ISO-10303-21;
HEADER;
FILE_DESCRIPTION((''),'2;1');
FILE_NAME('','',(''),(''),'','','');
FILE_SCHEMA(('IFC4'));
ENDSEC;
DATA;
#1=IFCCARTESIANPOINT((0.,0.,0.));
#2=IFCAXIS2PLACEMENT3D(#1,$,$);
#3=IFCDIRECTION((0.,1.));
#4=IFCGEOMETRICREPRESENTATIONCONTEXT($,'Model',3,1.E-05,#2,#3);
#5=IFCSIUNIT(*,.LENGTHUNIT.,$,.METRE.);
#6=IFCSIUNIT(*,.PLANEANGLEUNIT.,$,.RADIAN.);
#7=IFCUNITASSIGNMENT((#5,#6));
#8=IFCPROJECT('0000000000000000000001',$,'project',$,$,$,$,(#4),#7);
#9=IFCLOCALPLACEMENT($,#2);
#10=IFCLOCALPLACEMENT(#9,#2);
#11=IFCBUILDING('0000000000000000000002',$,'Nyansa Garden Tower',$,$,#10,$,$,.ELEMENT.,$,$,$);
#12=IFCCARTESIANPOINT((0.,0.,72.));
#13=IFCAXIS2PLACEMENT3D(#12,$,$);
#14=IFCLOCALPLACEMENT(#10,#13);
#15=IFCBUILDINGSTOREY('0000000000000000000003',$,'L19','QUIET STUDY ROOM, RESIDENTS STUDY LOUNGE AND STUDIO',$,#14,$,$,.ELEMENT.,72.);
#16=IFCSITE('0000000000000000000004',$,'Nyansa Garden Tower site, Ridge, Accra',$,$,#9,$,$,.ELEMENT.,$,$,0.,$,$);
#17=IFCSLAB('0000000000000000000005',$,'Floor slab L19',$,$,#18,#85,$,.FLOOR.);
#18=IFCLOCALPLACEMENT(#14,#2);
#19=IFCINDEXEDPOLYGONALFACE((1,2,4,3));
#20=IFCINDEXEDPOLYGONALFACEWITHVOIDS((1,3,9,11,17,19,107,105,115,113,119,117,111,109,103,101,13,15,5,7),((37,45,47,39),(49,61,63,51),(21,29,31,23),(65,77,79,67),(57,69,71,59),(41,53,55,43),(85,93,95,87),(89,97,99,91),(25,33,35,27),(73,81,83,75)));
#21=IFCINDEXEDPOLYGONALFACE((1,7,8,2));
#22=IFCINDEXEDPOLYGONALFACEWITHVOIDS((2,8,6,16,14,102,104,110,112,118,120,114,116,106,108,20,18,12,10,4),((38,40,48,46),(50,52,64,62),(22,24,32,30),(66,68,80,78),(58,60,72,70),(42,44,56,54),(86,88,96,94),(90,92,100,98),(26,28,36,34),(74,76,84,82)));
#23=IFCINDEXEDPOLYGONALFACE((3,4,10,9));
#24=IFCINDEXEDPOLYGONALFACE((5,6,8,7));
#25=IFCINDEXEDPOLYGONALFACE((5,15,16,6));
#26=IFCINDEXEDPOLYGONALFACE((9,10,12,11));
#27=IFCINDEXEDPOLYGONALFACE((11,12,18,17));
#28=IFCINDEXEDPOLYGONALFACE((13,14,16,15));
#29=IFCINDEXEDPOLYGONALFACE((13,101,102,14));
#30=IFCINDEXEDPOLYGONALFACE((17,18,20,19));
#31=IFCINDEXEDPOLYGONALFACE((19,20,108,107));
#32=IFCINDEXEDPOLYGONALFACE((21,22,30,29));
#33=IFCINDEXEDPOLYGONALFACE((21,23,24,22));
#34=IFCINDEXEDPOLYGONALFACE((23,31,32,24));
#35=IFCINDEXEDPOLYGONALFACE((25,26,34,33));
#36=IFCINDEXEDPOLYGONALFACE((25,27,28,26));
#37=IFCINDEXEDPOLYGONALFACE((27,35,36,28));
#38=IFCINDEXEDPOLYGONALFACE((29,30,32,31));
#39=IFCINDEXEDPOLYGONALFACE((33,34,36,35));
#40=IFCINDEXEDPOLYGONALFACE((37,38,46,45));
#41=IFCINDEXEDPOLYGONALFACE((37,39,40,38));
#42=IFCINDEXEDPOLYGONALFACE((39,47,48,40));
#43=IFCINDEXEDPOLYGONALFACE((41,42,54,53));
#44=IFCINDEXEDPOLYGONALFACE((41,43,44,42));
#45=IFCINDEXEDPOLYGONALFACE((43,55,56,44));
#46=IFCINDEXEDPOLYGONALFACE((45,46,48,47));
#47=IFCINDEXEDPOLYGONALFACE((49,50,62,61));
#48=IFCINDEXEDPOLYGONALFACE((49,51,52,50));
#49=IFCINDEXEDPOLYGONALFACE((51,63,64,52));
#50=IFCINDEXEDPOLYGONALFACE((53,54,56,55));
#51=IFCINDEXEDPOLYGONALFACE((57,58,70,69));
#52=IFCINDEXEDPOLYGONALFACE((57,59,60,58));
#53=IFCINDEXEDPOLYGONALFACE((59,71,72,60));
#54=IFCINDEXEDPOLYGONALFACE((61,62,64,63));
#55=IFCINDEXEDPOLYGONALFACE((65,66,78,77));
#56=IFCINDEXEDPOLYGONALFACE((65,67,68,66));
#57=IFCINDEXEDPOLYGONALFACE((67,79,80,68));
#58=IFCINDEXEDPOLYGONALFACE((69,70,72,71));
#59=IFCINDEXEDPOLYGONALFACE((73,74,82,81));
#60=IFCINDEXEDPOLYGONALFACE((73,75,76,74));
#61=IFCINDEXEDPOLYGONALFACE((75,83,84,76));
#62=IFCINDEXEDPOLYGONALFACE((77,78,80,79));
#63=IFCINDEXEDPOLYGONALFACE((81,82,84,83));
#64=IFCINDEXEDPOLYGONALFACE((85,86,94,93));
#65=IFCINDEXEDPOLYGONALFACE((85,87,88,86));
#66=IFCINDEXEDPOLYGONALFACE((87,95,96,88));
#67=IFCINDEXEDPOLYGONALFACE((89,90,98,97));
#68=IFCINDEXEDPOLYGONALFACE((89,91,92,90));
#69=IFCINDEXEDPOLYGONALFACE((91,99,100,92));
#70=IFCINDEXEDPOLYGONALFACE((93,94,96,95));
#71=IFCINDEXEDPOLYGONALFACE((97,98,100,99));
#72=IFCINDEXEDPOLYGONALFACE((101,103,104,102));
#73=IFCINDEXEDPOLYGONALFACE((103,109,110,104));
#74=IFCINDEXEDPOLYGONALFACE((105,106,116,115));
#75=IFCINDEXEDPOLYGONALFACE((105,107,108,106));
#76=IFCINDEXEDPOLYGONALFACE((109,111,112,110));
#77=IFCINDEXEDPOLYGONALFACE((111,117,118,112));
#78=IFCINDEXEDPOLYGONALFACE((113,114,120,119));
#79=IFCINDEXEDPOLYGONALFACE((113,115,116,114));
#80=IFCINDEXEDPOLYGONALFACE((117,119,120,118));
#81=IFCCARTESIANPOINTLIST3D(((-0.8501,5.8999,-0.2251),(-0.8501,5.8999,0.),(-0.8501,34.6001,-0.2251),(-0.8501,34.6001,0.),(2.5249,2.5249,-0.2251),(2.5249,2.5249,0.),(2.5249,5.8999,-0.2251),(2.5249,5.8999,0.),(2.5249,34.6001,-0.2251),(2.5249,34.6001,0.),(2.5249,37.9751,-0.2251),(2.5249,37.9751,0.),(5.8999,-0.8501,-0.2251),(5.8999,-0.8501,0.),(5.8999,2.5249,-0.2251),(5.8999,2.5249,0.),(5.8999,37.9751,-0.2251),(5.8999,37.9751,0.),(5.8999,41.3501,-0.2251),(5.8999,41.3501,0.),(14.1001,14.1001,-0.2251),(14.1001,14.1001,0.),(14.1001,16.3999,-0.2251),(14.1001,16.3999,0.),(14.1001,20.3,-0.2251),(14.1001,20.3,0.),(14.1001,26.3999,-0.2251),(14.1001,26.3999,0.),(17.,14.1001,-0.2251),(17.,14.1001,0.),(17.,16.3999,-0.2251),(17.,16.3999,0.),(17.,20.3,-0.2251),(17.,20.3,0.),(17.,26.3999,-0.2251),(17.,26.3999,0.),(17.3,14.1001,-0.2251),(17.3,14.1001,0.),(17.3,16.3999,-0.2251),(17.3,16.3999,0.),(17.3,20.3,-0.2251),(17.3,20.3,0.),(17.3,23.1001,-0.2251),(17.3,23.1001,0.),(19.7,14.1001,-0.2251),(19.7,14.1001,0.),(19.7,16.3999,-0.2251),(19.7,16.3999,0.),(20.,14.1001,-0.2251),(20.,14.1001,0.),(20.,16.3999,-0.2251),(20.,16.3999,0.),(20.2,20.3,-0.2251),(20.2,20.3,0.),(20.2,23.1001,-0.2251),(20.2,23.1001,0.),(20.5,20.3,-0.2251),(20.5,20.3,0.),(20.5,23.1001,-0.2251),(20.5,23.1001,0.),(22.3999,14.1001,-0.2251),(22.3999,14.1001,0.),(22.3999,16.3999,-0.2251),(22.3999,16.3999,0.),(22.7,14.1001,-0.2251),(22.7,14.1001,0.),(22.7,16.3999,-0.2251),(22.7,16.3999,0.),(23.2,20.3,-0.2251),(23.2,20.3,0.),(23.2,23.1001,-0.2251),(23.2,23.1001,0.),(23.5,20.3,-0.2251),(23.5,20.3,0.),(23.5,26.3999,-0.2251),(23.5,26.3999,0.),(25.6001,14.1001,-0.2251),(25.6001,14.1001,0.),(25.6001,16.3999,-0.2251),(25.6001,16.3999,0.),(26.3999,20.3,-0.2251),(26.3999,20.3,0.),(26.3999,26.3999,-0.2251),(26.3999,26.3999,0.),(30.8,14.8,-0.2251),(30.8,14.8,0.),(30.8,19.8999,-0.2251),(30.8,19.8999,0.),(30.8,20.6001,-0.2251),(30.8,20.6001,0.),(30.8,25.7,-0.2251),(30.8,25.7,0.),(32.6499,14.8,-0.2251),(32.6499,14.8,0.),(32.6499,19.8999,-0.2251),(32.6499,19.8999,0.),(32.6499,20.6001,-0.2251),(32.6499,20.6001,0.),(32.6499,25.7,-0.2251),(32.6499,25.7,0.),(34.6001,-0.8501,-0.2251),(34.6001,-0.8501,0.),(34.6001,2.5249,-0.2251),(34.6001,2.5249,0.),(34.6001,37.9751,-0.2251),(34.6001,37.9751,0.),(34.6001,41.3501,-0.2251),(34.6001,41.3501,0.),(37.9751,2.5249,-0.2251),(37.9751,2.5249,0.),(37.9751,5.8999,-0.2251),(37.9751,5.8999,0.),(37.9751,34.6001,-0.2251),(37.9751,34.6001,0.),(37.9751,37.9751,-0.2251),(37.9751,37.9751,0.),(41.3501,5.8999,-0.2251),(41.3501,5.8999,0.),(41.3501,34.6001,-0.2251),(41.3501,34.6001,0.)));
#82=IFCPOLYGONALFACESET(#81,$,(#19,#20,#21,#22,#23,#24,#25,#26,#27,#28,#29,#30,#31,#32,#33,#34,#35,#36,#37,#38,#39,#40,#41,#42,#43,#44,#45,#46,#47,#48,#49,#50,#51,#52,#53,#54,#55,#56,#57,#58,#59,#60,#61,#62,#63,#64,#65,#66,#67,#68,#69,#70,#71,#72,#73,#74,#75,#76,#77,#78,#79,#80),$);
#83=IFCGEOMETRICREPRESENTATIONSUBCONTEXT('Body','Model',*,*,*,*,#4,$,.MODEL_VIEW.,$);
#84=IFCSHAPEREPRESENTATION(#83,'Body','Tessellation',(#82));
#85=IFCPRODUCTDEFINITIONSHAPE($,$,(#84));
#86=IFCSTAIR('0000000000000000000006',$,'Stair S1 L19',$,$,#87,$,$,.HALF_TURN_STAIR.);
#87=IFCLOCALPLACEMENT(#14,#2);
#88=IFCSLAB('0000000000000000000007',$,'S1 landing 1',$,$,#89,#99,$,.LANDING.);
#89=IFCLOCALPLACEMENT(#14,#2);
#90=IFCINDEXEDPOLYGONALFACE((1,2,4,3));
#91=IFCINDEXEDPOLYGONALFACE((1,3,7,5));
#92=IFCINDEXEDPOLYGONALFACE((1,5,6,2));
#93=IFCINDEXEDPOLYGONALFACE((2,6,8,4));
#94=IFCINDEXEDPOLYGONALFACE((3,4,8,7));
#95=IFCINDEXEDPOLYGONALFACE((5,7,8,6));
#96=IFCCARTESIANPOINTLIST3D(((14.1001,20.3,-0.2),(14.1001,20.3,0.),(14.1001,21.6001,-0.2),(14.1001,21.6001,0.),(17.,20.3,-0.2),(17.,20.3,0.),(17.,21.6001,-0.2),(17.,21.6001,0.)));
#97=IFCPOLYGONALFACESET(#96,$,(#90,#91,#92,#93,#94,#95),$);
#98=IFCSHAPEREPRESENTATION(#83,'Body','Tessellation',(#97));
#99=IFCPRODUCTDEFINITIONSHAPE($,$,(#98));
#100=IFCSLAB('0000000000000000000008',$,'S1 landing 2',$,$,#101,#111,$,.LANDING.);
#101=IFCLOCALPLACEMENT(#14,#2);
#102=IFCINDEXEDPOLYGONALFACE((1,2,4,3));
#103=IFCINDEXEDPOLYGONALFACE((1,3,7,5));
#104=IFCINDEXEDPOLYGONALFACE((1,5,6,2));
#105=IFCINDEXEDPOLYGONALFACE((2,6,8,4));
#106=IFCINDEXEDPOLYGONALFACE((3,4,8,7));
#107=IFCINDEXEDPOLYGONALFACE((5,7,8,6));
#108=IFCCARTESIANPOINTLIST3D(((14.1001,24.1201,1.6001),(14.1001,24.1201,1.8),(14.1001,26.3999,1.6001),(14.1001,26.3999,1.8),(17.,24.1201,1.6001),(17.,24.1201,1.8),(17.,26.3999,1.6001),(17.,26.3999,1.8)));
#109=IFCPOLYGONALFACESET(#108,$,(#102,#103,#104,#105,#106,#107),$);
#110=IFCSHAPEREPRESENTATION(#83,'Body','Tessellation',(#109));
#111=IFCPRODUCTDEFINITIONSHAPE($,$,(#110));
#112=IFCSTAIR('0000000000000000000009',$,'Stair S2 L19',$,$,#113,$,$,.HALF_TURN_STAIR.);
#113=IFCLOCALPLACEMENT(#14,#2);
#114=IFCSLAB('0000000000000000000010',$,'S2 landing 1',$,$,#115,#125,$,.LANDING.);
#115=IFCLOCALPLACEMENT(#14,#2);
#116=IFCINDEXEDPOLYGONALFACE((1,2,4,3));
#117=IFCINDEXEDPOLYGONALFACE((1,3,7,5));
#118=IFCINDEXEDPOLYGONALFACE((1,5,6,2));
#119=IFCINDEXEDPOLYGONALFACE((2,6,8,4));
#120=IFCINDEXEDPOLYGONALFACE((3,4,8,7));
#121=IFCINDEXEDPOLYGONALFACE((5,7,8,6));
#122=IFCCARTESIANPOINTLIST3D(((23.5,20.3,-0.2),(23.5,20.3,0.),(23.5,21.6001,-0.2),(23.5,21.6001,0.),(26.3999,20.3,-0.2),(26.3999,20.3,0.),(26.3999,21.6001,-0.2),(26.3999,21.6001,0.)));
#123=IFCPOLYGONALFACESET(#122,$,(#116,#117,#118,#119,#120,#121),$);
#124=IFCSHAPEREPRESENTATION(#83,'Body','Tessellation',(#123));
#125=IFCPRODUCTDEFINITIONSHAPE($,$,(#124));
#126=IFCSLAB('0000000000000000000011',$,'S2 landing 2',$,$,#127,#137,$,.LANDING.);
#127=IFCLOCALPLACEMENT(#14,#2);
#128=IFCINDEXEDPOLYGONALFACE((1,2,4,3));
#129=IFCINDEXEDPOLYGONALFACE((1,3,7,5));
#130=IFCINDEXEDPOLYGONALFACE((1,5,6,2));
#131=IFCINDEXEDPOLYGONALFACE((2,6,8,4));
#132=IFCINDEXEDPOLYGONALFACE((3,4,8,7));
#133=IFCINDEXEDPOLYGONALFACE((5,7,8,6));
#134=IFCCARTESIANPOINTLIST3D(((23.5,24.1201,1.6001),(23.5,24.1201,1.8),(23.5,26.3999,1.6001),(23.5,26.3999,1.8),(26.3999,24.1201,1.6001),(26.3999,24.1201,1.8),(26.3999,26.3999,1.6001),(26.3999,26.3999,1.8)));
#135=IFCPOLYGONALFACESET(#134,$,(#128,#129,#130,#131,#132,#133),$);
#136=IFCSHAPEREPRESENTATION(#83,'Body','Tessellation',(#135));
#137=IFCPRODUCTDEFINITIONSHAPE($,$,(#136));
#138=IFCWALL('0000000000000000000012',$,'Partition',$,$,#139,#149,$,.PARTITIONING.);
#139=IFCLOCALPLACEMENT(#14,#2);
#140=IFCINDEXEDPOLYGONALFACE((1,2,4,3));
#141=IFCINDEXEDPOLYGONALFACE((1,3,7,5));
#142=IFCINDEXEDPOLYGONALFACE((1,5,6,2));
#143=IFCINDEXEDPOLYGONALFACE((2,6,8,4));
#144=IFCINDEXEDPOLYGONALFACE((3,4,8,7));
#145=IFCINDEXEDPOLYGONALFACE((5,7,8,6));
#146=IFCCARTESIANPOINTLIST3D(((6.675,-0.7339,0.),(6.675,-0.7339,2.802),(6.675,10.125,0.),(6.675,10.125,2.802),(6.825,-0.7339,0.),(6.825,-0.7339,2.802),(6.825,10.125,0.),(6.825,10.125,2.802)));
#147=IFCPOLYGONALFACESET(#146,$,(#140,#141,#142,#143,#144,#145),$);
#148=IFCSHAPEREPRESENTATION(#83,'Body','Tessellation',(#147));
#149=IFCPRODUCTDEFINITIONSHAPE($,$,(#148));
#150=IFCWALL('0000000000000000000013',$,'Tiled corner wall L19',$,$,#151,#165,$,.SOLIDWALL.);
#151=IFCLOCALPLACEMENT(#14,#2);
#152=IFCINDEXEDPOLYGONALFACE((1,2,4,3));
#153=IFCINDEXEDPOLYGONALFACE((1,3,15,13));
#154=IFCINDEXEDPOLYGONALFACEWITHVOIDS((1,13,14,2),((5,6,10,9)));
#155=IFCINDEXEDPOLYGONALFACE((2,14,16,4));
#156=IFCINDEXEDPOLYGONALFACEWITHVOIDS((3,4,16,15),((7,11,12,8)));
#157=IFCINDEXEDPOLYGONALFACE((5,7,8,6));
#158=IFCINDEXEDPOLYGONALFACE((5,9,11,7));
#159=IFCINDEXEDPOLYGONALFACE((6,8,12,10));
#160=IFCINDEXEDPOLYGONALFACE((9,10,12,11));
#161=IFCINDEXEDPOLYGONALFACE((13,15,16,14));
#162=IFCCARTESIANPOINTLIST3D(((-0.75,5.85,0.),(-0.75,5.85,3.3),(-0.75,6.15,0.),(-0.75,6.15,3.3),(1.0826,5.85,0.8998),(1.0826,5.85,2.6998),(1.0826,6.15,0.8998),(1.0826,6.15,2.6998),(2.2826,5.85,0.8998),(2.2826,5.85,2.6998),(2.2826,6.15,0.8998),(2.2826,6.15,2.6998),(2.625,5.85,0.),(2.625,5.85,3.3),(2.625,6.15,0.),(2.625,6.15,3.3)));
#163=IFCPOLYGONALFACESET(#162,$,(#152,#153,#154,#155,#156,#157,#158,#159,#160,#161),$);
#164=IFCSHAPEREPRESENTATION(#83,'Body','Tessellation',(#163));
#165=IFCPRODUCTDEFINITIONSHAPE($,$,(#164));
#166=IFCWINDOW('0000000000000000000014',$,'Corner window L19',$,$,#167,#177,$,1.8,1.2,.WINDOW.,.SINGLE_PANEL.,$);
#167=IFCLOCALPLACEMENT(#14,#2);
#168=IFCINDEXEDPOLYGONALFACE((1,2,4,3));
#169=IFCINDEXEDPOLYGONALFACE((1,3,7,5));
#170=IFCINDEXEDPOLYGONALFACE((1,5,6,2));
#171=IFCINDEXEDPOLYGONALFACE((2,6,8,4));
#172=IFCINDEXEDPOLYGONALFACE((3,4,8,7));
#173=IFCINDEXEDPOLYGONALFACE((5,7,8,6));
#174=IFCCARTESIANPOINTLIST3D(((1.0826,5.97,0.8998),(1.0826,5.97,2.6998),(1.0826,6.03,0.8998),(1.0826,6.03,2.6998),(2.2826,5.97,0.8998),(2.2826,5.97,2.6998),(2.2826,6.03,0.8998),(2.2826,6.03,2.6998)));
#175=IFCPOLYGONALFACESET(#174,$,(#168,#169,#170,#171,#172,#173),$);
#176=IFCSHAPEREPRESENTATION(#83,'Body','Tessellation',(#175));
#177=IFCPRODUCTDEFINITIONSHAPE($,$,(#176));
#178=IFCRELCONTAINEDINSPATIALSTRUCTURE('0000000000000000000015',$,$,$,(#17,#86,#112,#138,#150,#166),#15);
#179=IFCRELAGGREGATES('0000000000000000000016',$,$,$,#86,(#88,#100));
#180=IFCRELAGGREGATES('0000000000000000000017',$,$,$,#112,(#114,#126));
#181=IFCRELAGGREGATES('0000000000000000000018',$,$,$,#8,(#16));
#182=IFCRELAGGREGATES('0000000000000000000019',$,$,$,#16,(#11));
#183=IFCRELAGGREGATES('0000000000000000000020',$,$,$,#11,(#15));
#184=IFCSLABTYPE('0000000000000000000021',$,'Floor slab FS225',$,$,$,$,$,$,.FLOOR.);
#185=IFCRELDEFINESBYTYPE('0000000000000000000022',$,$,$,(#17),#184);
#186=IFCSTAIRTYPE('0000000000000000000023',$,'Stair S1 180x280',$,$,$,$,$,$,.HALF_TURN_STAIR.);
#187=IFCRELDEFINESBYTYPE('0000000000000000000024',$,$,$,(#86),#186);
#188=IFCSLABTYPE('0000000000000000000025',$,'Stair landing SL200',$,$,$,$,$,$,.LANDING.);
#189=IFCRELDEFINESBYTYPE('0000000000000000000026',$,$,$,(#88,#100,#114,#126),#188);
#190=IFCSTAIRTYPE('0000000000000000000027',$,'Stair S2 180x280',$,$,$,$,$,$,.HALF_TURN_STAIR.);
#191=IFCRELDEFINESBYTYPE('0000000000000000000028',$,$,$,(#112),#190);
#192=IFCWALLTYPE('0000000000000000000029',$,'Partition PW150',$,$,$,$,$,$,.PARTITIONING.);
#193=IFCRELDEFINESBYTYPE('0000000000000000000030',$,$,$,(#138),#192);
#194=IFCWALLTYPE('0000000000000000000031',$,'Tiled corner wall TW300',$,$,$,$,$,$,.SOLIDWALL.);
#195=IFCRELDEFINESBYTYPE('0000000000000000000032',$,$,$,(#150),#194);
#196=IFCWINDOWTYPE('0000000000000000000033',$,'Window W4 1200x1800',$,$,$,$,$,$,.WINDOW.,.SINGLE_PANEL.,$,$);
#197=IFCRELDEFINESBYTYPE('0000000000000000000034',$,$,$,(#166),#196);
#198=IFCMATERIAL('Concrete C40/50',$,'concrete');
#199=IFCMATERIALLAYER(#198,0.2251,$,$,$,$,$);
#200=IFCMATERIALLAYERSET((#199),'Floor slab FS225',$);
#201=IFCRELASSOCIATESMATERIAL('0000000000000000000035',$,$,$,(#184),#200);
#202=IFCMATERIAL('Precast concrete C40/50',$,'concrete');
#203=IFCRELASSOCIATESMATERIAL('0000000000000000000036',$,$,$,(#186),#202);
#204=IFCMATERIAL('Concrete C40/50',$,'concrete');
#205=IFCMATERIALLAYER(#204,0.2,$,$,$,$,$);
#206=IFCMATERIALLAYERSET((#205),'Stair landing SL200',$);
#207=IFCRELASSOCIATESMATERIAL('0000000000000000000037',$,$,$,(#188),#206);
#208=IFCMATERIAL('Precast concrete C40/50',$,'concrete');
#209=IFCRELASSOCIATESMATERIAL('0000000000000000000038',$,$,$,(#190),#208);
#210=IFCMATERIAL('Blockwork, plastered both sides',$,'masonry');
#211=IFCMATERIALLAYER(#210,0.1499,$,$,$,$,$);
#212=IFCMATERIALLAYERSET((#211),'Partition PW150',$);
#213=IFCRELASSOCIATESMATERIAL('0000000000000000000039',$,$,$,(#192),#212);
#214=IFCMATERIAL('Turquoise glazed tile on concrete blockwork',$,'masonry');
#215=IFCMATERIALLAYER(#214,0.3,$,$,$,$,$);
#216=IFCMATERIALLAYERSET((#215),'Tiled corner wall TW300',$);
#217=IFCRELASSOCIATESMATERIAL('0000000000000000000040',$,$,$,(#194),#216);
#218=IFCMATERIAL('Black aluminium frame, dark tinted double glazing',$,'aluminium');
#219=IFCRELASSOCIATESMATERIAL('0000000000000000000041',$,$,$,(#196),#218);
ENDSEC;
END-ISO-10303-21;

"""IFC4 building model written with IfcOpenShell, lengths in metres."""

from ifc_helpers import new_model, si_unit, direction, frame, frame_2d, origin, place, context, subcontext, project, spatial, polyline, rectangle, outline, extrude, material, layer, layer_set, type_object, element, fill, aggregate, save


model = new_model("IFC4")

# Units and contexts
model_context = context("Model", 3, precision=1e-05, world=origin(), true_north=direction((0.0, 1.0)))
body_context = subcontext(model_context, "Body", "Model", "MODEL_VIEW")
ifc_project = project(units=[si_unit("LENGTHUNIT", "METRE"), si_unit("PLANEANGLEUNIT", "RADIAN")], contexts=[model_context])

# Site, building, storey
site_placement = place(None, origin())
site = spatial("IfcSite", under=ifc_project, at=site_placement, Name="Nyansa Garden Tower site, Ridge, Accra", CompositionType="ELEMENT", RefElevation=0.0)
building_placement = place(site_placement, origin())
building = spatial("IfcBuilding", under=site, at=building_placement, Name="Nyansa Garden Tower", CompositionType="ELEMENT")
storey_placement = place(building_placement, frame((0.0, 0.0, 72.0)))
storey = spatial("IfcBuildingStorey", under=building, at=storey_placement, Name="L19", Description="QUIET STUDY ROOM, RESIDENTS STUDY LOUNGE AND STUDIO", CompositionType="ELEMENT", Elevation=72.0)

# Slab
ifc_material_1 = material(Name="Concrete C40/50", Category="concrete")
ifc_layer_1 = layer(ifc_material_1, 0.2251)
ifc_layer_set_1 = layer_set([ifc_layer_1], Name="Floor slab FS225")
slab_type_1 = type_object("IfcSlabType", Name="Floor slab FS225", PredefinedType="FLOOR", material=ifc_layer_set_1)
slab_1_placement = place(storey_placement, frame((0.0, 0.0, -0.2251)))
element("IfcSlab", 1, at=slab_1_placement, inside=storey, type_object=slab_type_1, Name="Floor slab L19", PredefinedType="FLOOR", context=body_context, shape_type="SweptSolid", body=[
    extrude(outline(polyline([(41.3501, 5.8999), (37.9751, 5.8999), (37.9751, 2.5249), (34.6001, 2.5249), (34.6001, -0.8501), (5.8999, -0.8501), (5.8999, 2.5249), (2.5249, 2.5249), (2.5249, 5.8999), (-0.8501, 5.8999), (-0.8501, 34.6001), (2.5249, 34.6001), (2.5249, 37.9751), (5.8999, 37.9751), (5.8999, 41.3501), (34.6001, 41.3501), (34.6001, 37.9751), (37.9751, 37.9751), (37.9751, 34.6001), (41.3501, 34.6001), (41.3501, 5.8999)]), holes=[polyline([(14.1001, 14.1001), (17.0, 14.1001), (17.0, 16.3999), (14.1001, 16.3999), (14.1001, 14.1001)]), polyline([(17.3, 14.1001), (19.7, 14.1001), (19.7, 16.3999), (17.3, 16.3999), (17.3, 14.1001)]), polyline([(20.0, 14.1001), (22.3999, 14.1001), (22.3999, 16.3999), (20.0, 16.3999), (20.0, 14.1001)]), polyline([(22.7, 14.1001), (25.6001, 14.1001), (25.6001, 16.3999), (22.7, 16.3999), (22.7, 14.1001)]), polyline([(17.3, 20.3), (20.2, 20.3), (20.2, 23.1001), (17.3, 23.1001), (17.3, 20.3)]), polyline([(20.5, 20.3), (23.2, 20.3), (23.2, 23.1001), (20.5, 23.1001), (20.5, 20.3)]), polyline([(30.8, 14.8), (32.6499, 14.8), (32.6499, 19.8999), (30.8, 19.8999), (30.8, 14.8)]), polyline([(30.8, 20.6001), (32.6499, 20.6001), (32.6499, 25.7), (30.8, 25.7), (30.8, 20.6001)]), polyline([(14.1001, 20.3), (17.0, 20.3), (17.0, 26.3999), (14.1001, 26.3999), (14.1001, 20.3)]), polyline([(23.5, 20.3), (26.3999, 20.3), (26.3999, 26.3999), (23.5, 26.3999), (23.5, 20.3)])]), origin(), (0.0, 0.0, 1.0), 0.2251),
])

# Stairs, slabs
ifc_material_2 = material(Name="Precast concrete C40/50", Category="concrete")
stair_type_1 = type_object("IfcStairType", Name="Stair S1 180x280", PredefinedType="HALF_TURN_STAIR", material=ifc_material_2)
stair_1_placement = place(storey_placement, origin())
stair_1 = element("IfcStair", 2, at=stair_1_placement, inside=storey, type_object=stair_type_1, Name="Stair S1 L19", PredefinedType="HALF_TURN_STAIR")
ifc_material_3 = material(Name="Concrete C40/50", Category="concrete")
ifc_layer_2 = layer(ifc_material_3, 0.2)
ifc_layer_set_2 = layer_set([ifc_layer_2], Name="Stair landing SL200")
slab_type_2 = type_object("IfcSlabType", Name="Stair landing SL200", PredefinedType="LANDING", material=ifc_layer_set_2)
slab_2_placement = place(storey_placement, frame((0.0, 0.0, -0.2)))
slab_2 = element("IfcSlab", 3, at=slab_2_placement, type_object=slab_type_2, Name="S1 landing 1", PredefinedType="LANDING", context=body_context, shape_type="SweptSolid", body=[
    extrude(outline(polyline([(14.1001, 20.3), (17.0, 20.3), (17.0, 21.6001), (14.1001, 21.6001), (14.1001, 20.3)])), origin(), (0.0, 0.0, 1.0), 0.2),
])
slab_3_placement = place(storey_placement, frame((0.0, 0.0, 1.6001)))
slab_3 = element("IfcSlab", 4, at=slab_3_placement, type_object=slab_type_2, Name="S1 landing 2", PredefinedType="LANDING", context=body_context, shape_type="SweptSolid", body=[
    extrude(outline(polyline([(14.1001, 24.1201), (17.0, 24.1201), (17.0, 26.3999), (14.1001, 26.3999), (14.1001, 24.1201)])), origin(), (0.0, 0.0, 1.0), 0.2),
])
aggregate(stair_1, [slab_2, slab_3])
ifc_material_4 = material(Name="Precast concrete C40/50", Category="concrete")
stair_type_2 = type_object("IfcStairType", Name="Stair S2 180x280", PredefinedType="HALF_TURN_STAIR", material=ifc_material_4)
stair_2_placement = place(storey_placement, origin())
stair_2 = element("IfcStair", 5, at=stair_2_placement, inside=storey, type_object=stair_type_2, Name="Stair S2 L19", PredefinedType="HALF_TURN_STAIR")
slab_4_placement = place(storey_placement, frame((0.0, 0.0, -0.2)))
slab_4 = element("IfcSlab", 6, at=slab_4_placement, type_object=slab_type_2, Name="S2 landing 1", PredefinedType="LANDING", context=body_context, shape_type="SweptSolid", body=[
    extrude(outline(polyline([(23.5, 20.3), (26.3999, 20.3), (26.3999, 21.6001), (23.5, 21.6001), (23.5, 20.3)])), origin(), (0.0, 0.0, 1.0), 0.2),
])
slab_5_placement = place(storey_placement, frame((0.0, 0.0, 1.6001)))
slab_5 = element("IfcSlab", 7, at=slab_5_placement, type_object=slab_type_2, Name="S2 landing 2", PredefinedType="LANDING", context=body_context, shape_type="SweptSolid", body=[
    extrude(outline(polyline([(23.5, 24.1201), (26.3999, 24.1201), (26.3999, 26.3999), (23.5, 26.3999), (23.5, 24.1201)])), origin(), (0.0, 0.0, 1.0), 0.2),
])
aggregate(stair_2, [slab_4, slab_5])

# Wall
ifc_material_5 = material(Name="Blockwork, plastered both sides", Category="masonry")
ifc_layer_3 = layer(ifc_material_5, 0.1499)
ifc_layer_set_3 = layer_set([ifc_layer_3], Name="Partition PW150")
wall_type_1 = type_object("IfcWallType", Name="Partition PW150", PredefinedType="PARTITIONING", material=ifc_layer_set_3)
wall_1_placement = place(storey_placement, frame((6.75, -0.7339, 0.0), z_axis=(0.0, 0.0, 1.0), x_axis=(0.0, 1.0, 0.0)))
element("IfcWall", 8, at=wall_1_placement, inside=storey, type_object=wall_type_1, Name="Partition", PredefinedType="PARTITIONING", context=body_context, shape_type="SweptSolid", body=[
    extrude(rectangle(XDim=10.8589, YDim=0.1499, at=frame_2d((5.4294, 0.0))), origin(), (0.0, 0.0, 1.0), 2.802),
])

# Wall, opening, window
ifc_material_6 = material(Name="Turquoise glazed tile on concrete blockwork", Category="masonry")
ifc_layer_4 = layer(ifc_material_6, 0.3)
ifc_layer_set_4 = layer_set([ifc_layer_4], Name="Tiled corner wall TW300")
wall_type_2 = type_object("IfcWallType", Name="Tiled corner wall TW300", PredefinedType="SOLIDWALL", material=ifc_layer_set_4)
wall_2_placement = place(storey_placement, frame((-0.75, 6.0, 0.0), z_axis=(0.0, 0.0, 1.0), x_axis=(1.0, 0.0, 0.0)))
wall_2 = element("IfcWall", 9, at=wall_2_placement, inside=storey, type_object=wall_type_2, Name="Tiled corner wall L19", PredefinedType="SOLIDWALL", context=body_context, shape_type="SweptSolid", body=[
    extrude(rectangle(XDim=3.375, YDim=0.3, at=frame_2d((1.6875, 0.0))), origin(), (0.0, 0.0, 1.0), 3.3),
])
opening_1_placement = place(wall_2_placement, frame((1.8325, 0.0, 0.8999)))
opening_1 = element("IfcOpeningElement", 10, at=opening_1_placement, cuts=wall_2, PredefinedType="OPENING", context=body_context, shape_type="SweptSolid", body=[
    extrude(rectangle(XDim=1.2, YDim=1.8, at=frame_2d((0.6001, 0.8999))), frame((0.0, 0.1599, 0.0), z_axis=(0.0, -1.0, 0.0), x_axis=(1.0, 0.0, 0.0)), (0.0, 0.0, 1.0), 0.3201),
])
ifc_material_7 = material(Name="Black aluminium frame, dark tinted double glazing", Category="aluminium")
window_type_1 = type_object("IfcWindowType", Name="Window W4 1200x1800", PartitioningType="SINGLE_PANEL", PredefinedType="WINDOW", material=ifc_material_7)
window_1_placement = place(opening_1_placement, origin())
window_1 = element("IfcWindow", 11, at=window_1_placement, inside=storey, type_object=window_type_1, Name="Corner window L19", OverallHeight=1.8, OverallWidth=1.2, PartitioningType="SINGLE_PANEL", PredefinedType="WINDOW", context=body_context, shape_type="SweptSolid", body=[
    extrude(rectangle(XDim=1.2, YDim=1.8, at=frame_2d((0.6001, 0.8999))), frame((0.0, 0.03, 0.0), z_axis=(0.0, -1.0, 0.0), x_axis=(1.0, 0.0, 0.0)), (0.0, 0.0, 1.0), 0.0601),
])
fill(opening_1, window_1)

save(model, "model.ifc")
